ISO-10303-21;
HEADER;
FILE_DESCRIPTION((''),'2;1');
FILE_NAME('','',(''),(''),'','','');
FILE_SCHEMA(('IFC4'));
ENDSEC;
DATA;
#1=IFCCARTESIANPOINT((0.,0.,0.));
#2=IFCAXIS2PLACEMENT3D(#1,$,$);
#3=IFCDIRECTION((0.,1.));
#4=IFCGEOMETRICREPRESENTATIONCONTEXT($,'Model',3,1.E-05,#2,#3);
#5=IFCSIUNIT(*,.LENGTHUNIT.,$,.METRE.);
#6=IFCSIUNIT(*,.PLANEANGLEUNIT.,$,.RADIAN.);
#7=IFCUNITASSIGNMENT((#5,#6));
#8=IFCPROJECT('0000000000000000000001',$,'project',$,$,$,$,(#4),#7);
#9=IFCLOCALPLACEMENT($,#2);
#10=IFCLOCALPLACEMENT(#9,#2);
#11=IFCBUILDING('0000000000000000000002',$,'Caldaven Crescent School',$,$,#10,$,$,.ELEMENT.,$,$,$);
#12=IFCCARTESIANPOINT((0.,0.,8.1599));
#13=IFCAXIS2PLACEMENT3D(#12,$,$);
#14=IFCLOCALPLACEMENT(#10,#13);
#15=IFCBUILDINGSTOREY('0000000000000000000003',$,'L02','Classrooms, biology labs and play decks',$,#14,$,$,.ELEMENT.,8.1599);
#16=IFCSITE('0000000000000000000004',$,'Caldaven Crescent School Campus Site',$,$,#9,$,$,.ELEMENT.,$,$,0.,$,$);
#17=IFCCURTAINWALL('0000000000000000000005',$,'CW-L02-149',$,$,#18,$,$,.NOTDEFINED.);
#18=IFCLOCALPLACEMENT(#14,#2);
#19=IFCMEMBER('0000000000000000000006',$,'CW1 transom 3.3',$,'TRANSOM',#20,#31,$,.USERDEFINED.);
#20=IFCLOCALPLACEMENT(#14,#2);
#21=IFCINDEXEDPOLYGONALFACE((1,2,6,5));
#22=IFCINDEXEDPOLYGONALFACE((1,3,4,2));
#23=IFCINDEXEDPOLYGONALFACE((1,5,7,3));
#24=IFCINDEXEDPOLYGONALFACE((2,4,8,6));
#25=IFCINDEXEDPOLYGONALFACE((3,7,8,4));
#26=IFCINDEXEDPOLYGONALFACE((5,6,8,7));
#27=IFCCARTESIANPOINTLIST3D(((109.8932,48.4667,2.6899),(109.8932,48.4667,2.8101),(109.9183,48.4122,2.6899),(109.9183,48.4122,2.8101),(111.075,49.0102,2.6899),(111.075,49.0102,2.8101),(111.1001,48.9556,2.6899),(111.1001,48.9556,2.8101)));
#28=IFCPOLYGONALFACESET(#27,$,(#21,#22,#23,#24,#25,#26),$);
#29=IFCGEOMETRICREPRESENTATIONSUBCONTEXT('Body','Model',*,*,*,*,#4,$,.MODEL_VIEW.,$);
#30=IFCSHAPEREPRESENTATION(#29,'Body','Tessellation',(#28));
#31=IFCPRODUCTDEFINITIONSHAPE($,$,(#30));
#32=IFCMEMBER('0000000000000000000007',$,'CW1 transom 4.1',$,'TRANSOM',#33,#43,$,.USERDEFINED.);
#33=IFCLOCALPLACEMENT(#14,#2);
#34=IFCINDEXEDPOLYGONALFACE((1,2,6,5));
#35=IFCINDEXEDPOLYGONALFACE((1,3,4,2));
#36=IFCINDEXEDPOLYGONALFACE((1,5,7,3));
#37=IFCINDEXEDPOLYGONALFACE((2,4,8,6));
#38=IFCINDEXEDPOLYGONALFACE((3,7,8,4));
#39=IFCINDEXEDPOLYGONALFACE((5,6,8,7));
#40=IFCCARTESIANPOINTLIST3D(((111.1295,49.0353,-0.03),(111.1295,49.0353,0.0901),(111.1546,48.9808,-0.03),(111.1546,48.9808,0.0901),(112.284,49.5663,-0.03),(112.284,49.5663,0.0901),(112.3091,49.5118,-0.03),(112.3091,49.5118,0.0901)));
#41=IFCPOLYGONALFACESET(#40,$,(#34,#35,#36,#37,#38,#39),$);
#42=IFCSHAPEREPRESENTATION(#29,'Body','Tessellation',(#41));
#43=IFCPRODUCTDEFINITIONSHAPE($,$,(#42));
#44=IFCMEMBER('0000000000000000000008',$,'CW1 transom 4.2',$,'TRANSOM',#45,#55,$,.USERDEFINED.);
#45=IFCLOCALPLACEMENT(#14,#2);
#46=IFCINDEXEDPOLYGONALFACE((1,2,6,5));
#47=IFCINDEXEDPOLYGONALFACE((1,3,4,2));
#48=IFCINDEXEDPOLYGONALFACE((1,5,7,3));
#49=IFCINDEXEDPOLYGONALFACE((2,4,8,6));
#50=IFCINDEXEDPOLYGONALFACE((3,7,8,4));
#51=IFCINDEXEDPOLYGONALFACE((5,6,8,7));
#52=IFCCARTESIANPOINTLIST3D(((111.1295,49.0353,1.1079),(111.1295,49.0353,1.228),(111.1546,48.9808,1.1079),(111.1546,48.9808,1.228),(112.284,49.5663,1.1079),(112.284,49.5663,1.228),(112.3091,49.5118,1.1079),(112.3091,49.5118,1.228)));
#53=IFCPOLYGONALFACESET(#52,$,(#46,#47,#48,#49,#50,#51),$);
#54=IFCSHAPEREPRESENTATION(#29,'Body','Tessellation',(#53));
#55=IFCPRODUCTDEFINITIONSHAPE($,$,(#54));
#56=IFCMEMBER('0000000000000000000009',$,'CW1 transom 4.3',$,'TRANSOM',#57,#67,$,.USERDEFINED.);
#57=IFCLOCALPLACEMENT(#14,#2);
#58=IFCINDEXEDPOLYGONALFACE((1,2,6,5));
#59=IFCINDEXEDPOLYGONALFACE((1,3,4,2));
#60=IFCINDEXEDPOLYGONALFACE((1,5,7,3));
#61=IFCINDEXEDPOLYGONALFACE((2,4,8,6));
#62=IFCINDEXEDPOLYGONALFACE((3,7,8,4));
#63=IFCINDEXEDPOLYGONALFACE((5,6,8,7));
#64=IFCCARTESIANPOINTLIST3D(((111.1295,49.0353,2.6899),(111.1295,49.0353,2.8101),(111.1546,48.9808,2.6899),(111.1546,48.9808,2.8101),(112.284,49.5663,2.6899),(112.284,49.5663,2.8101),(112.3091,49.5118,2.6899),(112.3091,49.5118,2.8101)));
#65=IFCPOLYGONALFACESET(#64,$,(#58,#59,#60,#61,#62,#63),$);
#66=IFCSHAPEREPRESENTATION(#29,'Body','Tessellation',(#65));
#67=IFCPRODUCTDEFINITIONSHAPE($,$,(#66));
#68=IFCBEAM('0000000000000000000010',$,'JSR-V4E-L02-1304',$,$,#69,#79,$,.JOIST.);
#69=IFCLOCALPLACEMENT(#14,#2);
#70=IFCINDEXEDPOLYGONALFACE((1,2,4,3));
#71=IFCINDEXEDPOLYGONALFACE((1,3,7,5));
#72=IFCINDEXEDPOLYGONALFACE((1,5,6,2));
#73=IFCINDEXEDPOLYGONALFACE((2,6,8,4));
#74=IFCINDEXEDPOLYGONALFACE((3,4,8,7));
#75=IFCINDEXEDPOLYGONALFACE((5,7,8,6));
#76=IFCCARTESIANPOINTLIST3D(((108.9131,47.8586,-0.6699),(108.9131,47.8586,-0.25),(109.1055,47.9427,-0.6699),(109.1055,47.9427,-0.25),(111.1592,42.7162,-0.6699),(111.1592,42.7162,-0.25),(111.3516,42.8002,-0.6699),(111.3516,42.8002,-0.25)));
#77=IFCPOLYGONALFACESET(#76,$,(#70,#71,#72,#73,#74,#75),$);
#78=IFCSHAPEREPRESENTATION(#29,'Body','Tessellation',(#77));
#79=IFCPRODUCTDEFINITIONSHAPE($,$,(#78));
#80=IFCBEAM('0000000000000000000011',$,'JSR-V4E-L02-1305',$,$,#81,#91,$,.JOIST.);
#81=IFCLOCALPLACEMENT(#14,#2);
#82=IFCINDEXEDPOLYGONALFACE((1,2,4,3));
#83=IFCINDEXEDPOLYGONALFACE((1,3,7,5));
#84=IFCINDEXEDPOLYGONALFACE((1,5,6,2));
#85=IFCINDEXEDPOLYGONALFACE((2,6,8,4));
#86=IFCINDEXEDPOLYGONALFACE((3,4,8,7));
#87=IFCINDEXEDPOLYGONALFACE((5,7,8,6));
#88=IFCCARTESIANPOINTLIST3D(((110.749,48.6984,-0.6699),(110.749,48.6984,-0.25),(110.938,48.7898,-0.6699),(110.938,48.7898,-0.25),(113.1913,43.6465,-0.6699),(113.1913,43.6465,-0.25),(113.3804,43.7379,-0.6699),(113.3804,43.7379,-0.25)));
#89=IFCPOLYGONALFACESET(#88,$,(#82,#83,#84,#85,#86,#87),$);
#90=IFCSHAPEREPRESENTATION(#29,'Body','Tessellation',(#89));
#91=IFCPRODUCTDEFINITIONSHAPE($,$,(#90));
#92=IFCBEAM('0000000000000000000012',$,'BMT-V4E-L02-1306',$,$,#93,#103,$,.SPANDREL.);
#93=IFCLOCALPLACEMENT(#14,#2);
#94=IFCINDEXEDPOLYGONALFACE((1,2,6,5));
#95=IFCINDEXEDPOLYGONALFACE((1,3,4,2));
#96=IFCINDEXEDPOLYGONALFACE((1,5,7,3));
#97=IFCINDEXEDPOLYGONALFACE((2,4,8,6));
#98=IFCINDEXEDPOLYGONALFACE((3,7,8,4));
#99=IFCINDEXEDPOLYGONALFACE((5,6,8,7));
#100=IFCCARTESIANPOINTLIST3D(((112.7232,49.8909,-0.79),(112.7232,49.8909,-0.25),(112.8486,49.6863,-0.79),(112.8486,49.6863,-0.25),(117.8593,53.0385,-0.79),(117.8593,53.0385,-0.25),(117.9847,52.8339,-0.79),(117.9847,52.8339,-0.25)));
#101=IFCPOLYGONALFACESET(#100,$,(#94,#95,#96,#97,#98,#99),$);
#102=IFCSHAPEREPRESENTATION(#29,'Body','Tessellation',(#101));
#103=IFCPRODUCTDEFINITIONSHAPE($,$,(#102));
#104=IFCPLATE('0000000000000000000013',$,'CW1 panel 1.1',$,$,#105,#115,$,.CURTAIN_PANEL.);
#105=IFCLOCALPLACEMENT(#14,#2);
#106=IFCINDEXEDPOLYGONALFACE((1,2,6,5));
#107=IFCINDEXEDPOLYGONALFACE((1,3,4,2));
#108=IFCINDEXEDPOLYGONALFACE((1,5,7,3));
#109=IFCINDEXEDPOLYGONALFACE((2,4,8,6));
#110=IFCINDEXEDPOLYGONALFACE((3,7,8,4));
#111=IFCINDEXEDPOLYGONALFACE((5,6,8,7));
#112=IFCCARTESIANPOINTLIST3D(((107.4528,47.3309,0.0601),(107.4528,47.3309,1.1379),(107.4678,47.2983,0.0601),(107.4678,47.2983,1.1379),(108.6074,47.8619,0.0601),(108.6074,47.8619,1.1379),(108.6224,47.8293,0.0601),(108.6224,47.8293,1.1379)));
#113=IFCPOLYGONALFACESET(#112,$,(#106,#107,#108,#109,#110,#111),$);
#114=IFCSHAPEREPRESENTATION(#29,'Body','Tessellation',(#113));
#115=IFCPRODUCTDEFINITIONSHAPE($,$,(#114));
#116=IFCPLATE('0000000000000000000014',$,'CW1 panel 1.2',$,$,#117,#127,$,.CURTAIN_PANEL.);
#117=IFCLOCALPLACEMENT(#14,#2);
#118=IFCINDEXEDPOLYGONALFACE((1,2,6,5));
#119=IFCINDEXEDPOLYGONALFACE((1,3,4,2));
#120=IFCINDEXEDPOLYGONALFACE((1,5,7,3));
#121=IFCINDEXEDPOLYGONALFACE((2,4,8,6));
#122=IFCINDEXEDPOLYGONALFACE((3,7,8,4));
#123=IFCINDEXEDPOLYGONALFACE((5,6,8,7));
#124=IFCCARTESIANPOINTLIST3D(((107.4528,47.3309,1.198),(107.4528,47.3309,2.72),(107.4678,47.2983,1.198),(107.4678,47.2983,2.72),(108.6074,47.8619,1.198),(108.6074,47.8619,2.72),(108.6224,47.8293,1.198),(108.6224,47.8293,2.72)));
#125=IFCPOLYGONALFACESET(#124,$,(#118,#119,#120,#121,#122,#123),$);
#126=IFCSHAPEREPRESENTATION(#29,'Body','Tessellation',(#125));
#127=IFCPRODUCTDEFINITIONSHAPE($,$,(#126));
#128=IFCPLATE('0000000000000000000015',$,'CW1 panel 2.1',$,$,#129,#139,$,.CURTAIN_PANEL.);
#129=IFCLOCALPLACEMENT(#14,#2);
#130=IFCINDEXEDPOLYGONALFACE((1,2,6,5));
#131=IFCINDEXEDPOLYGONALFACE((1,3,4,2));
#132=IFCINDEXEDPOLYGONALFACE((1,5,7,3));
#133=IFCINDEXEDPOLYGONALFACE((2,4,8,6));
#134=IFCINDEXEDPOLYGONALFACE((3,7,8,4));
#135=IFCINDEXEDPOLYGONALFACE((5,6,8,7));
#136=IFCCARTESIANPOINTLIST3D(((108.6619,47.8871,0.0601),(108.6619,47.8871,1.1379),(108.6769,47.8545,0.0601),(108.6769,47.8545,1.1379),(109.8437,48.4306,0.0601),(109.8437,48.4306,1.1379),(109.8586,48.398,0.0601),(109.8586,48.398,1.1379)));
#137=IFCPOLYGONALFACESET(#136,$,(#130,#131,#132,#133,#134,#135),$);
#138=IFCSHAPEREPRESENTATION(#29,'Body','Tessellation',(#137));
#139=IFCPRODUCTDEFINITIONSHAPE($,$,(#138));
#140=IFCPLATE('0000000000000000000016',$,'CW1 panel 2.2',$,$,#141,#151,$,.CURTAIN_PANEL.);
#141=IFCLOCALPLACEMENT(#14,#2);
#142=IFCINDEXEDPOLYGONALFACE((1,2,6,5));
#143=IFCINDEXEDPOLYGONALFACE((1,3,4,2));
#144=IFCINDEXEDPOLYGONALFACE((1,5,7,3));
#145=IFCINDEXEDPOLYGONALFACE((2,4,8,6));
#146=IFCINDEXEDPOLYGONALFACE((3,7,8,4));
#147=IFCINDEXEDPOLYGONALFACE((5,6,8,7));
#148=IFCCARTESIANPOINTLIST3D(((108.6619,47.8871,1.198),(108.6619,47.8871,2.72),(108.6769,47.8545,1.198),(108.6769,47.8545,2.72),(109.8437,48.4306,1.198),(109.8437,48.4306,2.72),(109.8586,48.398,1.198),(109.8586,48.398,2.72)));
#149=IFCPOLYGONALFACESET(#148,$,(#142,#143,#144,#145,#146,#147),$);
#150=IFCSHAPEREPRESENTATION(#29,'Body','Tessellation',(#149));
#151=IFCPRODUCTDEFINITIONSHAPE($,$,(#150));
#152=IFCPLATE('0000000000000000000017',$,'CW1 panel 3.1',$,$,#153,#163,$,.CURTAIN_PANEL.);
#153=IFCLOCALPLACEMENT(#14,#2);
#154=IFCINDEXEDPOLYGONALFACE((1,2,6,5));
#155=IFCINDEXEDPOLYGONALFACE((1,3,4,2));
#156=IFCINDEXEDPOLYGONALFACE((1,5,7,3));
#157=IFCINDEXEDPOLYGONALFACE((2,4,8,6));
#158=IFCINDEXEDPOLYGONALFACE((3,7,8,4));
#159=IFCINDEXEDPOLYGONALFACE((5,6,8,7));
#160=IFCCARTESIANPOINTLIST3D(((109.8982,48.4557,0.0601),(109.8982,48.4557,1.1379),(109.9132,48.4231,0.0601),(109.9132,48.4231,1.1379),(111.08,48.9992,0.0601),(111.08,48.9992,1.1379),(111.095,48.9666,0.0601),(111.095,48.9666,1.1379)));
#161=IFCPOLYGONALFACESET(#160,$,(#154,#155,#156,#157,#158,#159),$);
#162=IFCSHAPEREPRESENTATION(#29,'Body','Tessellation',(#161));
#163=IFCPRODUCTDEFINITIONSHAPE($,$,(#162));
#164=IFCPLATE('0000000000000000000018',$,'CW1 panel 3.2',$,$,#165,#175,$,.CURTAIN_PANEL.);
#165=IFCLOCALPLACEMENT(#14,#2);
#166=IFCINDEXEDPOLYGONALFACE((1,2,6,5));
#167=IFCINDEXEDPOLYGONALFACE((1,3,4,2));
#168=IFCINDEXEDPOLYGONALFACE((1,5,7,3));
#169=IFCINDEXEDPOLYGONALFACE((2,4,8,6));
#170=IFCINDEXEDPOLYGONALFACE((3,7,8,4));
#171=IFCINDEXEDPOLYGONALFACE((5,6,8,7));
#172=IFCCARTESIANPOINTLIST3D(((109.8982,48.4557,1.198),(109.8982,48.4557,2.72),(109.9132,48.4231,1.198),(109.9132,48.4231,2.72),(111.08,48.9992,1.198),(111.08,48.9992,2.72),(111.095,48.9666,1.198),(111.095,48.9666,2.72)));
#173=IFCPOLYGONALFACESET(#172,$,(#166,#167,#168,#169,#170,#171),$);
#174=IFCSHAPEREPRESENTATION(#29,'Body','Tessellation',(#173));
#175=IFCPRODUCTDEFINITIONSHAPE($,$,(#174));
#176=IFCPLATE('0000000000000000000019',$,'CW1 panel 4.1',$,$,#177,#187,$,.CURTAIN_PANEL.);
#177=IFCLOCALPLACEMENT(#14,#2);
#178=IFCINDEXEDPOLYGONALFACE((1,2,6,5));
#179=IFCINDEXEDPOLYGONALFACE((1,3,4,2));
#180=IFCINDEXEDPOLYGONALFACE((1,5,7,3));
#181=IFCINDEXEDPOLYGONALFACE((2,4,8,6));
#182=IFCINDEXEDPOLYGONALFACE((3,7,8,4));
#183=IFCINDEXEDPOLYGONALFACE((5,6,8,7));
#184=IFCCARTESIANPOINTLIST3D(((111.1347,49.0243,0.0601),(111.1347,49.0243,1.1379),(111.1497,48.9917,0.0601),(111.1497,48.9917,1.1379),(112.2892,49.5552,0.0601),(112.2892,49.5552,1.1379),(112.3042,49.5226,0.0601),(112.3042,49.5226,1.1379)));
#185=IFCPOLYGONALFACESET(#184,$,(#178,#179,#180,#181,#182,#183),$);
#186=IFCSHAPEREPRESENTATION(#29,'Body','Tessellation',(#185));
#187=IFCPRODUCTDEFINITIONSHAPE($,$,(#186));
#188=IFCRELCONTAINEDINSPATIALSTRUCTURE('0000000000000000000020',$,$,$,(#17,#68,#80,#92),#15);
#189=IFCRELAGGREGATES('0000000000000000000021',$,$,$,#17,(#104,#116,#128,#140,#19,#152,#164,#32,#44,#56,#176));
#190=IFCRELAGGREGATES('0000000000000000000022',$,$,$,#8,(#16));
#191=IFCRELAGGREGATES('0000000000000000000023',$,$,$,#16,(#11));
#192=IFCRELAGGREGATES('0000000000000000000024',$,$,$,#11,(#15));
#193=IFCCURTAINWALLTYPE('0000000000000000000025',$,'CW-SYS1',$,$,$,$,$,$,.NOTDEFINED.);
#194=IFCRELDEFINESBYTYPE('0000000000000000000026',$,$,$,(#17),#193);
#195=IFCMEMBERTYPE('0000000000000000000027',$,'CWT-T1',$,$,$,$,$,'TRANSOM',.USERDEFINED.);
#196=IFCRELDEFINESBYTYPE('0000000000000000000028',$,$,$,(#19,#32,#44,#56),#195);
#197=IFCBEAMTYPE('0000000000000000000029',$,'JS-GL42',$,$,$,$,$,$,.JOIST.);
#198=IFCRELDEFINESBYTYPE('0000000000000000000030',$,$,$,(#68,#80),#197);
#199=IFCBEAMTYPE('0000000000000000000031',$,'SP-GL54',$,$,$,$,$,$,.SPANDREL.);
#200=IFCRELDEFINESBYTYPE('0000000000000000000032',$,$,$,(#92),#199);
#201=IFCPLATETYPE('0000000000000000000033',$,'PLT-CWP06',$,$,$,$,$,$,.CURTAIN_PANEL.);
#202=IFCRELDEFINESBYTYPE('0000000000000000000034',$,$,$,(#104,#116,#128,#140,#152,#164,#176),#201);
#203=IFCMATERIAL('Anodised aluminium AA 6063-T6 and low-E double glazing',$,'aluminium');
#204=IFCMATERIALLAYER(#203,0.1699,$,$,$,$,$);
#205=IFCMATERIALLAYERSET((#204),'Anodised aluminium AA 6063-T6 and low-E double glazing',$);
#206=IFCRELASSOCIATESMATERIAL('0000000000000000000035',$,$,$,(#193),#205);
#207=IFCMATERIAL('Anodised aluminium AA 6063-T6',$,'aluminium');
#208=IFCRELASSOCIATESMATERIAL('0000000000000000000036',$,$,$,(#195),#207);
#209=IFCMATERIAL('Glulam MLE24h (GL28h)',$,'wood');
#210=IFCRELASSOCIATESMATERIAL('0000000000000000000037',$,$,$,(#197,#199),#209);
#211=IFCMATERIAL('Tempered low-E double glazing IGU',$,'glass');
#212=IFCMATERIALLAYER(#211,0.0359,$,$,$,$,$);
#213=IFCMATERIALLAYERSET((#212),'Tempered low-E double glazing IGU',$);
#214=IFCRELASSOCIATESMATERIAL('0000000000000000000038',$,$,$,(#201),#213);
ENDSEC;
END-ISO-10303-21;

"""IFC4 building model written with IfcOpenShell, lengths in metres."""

from ifc_helpers import new_model, si_unit, direction, frame, origin, origin_2d, place, context, subcontext, project, spatial, rectangle, extrude, material, layer, layer_set, material_profile, profile_set, type_object, element, aggregate, save


model = new_model("IFC4")

# Units and contexts
model_context = context("Model", 3, precision=1e-05, world=origin(), true_north=direction((0.0, 1.0)))
body_context = subcontext(model_context, "Body", "Model", "MODEL_VIEW")
ifc_project = project(units=[si_unit("LENGTHUNIT", "METRE"), si_unit("PLANEANGLEUNIT", "RADIAN")], contexts=[model_context])

# Site, building, storey
site_placement = place(None, origin())
site = spatial("IfcSite", under=ifc_project, at=site_placement, Name="Caldaven Crescent School Campus Site", CompositionType="ELEMENT", RefElevation=0.0)
building_placement = place(site_placement, origin())
building = spatial("IfcBuilding", under=site, at=building_placement, Name="Caldaven Crescent School", CompositionType="ELEMENT")
storey_placement = place(building_placement, frame((0.0, 0.0, 8.1599)))
storey = spatial("IfcBuildingStorey", under=building, at=storey_placement, Name="L02", Description="Classrooms, biology labs and play decks", CompositionType="ELEMENT", Elevation=8.1599)

# Shared definitions
ifc_material_1 = material(Name="Glulam MLE24h (GL28h)", Category="wood")

# Curtain wall, members
ifc_material_2 = material(Name="Anodised aluminium AA 6063-T6 and low-E double glazing", Category="aluminium")
ifc_layer_1 = layer(ifc_material_2, 0.1699)
ifc_layer_set_1 = layer_set([ifc_layer_1], Name="Anodised aluminium AA 6063-T6 and low-E double glazing")
curtain_wall_type = type_object("IfcCurtainWallType", Name="CW-SYS1", PredefinedType="NOTDEFINED", material=ifc_layer_set_1)
curtain_wall_placement = place(storey_placement, origin())
curtain_wall = element("IfcCurtainWall", 1, at=curtain_wall_placement, inside=storey, type_object=curtain_wall_type, Name="CW-L02-149", PredefinedType="NOTDEFINED")
ifc_material_3 = material(Name="Anodised aluminium AA 6063-T6", Category="aluminium")
ifc_material_profile_1 = material_profile(ifc_material_3, rectangle(XDim=0.0601, YDim=0.1201, at=origin_2d()), Name="CWT 60x120")
ifc_profile_set_1 = profile_set([ifc_material_profile_1], Name="Anodised aluminium AA 6063-T6")
member_type_1 = type_object("IfcMemberType", Name="CWT-T1", ElementType="TRANSOM", PredefinedType="USERDEFINED", material=ifc_profile_set_1)
member_1_placement = place(storey_placement, frame((109.9058, 48.4395, 2.75), z_axis=(0.908552, 0.417772, 0.0), x_axis=(-0.417772, 0.908552, 0.0)))
member_1 = element("IfcMember", 2, at=member_1_placement, type_object=member_type_1, Name="CW1 transom 3.3", ObjectType="TRANSOM", PredefinedType="USERDEFINED", context=body_context, shape_type="SweptSolid", body=[
    extrude(rectangle(XDim=0.0601, YDim=0.1201, at=origin_2d()), origin(), (0.0, 0.0, 1.0), 1.3008),
])
member_2_placement = place(storey_placement, frame((111.1421, 49.0081, 0.03), z_axis=(0.908515, 0.417852, 0.0), x_axis=(-0.417852, 0.908515, 0.0)))
member_2 = element("IfcMember", 3, at=member_2_placement, type_object=member_type_1, Name="CW1 transom 4.1", ObjectType="TRANSOM", PredefinedType="USERDEFINED", context=body_context, shape_type="SweptSolid", body=[
    extrude(rectangle(XDim=0.0601, YDim=0.1201, at=origin_2d()), origin(), (0.0, 0.0, 1.0), 1.2708),
])
member_3_placement = place(storey_placement, frame((111.1421, 49.0081, 1.168), z_axis=(0.908515, 0.417852, 0.0), x_axis=(-0.417852, 0.908515, 0.0)))
member_3 = element("IfcMember", 4, at=member_3_placement, type_object=member_type_1, Name="CW1 transom 4.2", ObjectType="TRANSOM", PredefinedType="USERDEFINED", context=body_context, shape_type="SweptSolid", body=[
    extrude(rectangle(XDim=0.0601, YDim=0.1201, at=origin_2d()), origin(), (0.0, 0.0, 1.0), 1.2708),
])
member_4_placement = place(storey_placement, frame((111.1421, 49.0081, 2.75), z_axis=(0.908515, 0.417852, 0.0), x_axis=(-0.417852, 0.908515, 0.0)))
member_4 = element("IfcMember", 5, at=member_4_placement, type_object=member_type_1, Name="CW1 transom 4.3", ObjectType="TRANSOM", PredefinedType="USERDEFINED", context=body_context, shape_type="SweptSolid", body=[
    extrude(rectangle(XDim=0.0601, YDim=0.1201, at=origin_2d()), origin(), (0.0, 0.0, 1.0), 1.2708),
])

# Beams
ifc_material_profile_2 = material_profile(ifc_material_1, rectangle(XDim=0.21, YDim=0.4199, at=origin_2d()), Name="MLE 210x420")
ifc_profile_set_2 = profile_set([ifc_material_profile_2], Name="Glulam MLE24h (GL28h)")
beam_type_1 = type_object("IfcBeamType", Name="JS-GL42", PredefinedType="JOIST", material=ifc_profile_set_2)
beam_1_placement = place(storey_placement, frame((109.0093, 47.9006, -0.46), z_axis=(0.400269, -0.916398, 0.0), x_axis=(0.916398, 0.400269, 0.0)))
element("IfcBeam", 6, at=beam_1_placement, inside=storey, type_object=beam_type_1, Name="JSR-V4E-L02-1304", PredefinedType="JOIST", context=body_context, shape_type="SweptSolid", body=[
    extrude(rectangle(XDim=0.21, YDim=0.4199, at=origin_2d()), origin(), (0.0, 0.0, 1.0), 5.6116),
])
beam_2_placement = place(storey_placement, frame((110.8435, 48.7441, -0.46), z_axis=(0.435253, -0.900308, 0.0), x_axis=(0.900308, 0.435253, 0.0)))
element("IfcBeam", 7, at=beam_2_placement, inside=storey, type_object=beam_type_1, Name="JSR-V4E-L02-1305", PredefinedType="JOIST", context=body_context, shape_type="SweptSolid", body=[
    extrude(rectangle(XDim=0.21, YDim=0.4199, at=origin_2d()), origin(), (0.0, 0.0, 1.0), 5.6113),
])
ifc_material_profile_3 = material_profile(ifc_material_1, rectangle(XDim=0.24, YDim=0.54, at=origin_2d()), Name="MLE 240x540")
ifc_profile_set_3 = profile_set([ifc_material_profile_3], Name="Glulam MLE24h (GL28h)")
beam_type_2 = type_object("IfcBeamType", Name="SP-GL54", PredefinedType="SPANDREL", material=ifc_profile_set_3)
beam_3_placement = place(storey_placement, frame((112.7859, 49.7886, -0.52), z_axis=(0.852624, 0.522525, 0.0), x_axis=(-0.522525, 0.852624, 0.0)))
element("IfcBeam", 8, at=beam_3_placement, inside=storey, type_object=beam_type_2, Name="BMT-V4E-L02-1306", PredefinedType="SPANDREL", context=body_context, shape_type="SweptSolid", body=[
    extrude(rectangle(XDim=0.24, YDim=0.54, at=origin_2d()), origin(), (0.0, 0.0, 1.0), 6.0239),
])

# Plates
ifc_material_4 = material(Name="Tempered low-E double glazing IGU", Category="glass")
ifc_layer_2 = layer(ifc_material_4, 0.0359)
ifc_layer_set_2 = layer_set([ifc_layer_2], Name="Tempered low-E double glazing IGU")
plate_type = type_object("IfcPlateType", Name="PLT-CWP06", PredefinedType="CURTAIN_PANEL", material=ifc_layer_set_2)
plate_1_placement = place(storey_placement, frame((108.0376, 47.5801, 0.0601), z_axis=(0.0, 0.0, 1.0), x_axis=(0.908528, 0.417824, 0.0)))
plate_1 = element("IfcPlate", 9, at=plate_1_placement, type_object=plate_type, Name="CW1 panel 1.1", PredefinedType="CURTAIN_PANEL", context=body_context, shape_type="SweptSolid", body=[
    extrude(rectangle(XDim=1.2708, YDim=0.0359, at=origin_2d()), origin(), (0.0, 0.0, 1.0), 1.0779),
])
plate_2_placement = place(storey_placement, frame((108.0376, 47.5801, 1.198), z_axis=(0.0, 0.0, 1.0), x_axis=(0.908528, 0.417824, 0.0)))
plate_2 = element("IfcPlate", 10, at=plate_2_placement, type_object=plate_type, Name="CW1 panel 1.2", PredefinedType="CURTAIN_PANEL", context=body_context, shape_type="SweptSolid", body=[
    extrude(rectangle(XDim=1.2708, YDim=0.0359, at=origin_2d()), origin(), (0.0, 0.0, 1.0), 1.522),
])
plate_3_placement = place(storey_placement, frame((109.2603, 48.1426, 0.0601), z_axis=(0.0, 0.0, 1.0), x_axis=(0.908528, 0.417824, 0.0)))
plate_3 = element("IfcPlate", 11, at=plate_3_placement, type_object=plate_type, Name="CW1 panel 2.1", PredefinedType="CURTAIN_PANEL", context=body_context, shape_type="SweptSolid", body=[
    extrude(rectangle(XDim=1.3008, YDim=0.0359, at=origin_2d()), origin(), (0.0, 0.0, 1.0), 1.0779),
])
plate_4_placement = place(storey_placement, frame((109.2603, 48.1426, 1.198), z_axis=(0.0, 0.0, 1.0), x_axis=(0.908528, 0.417824, 0.0)))
plate_4 = element("IfcPlate", 12, at=plate_4_placement, type_object=plate_type, Name="CW1 panel 2.2", PredefinedType="CURTAIN_PANEL", context=body_context, shape_type="SweptSolid", body=[
    extrude(rectangle(XDim=1.3008, YDim=0.0359, at=origin_2d()), origin(), (0.0, 0.0, 1.0), 1.522),
])
plate_5_placement = place(storey_placement, frame((110.4966, 48.7112, 0.0601), z_axis=(0.0, 0.0, 1.0), x_axis=(0.908528, 0.417824, 0.0)))
plate_5 = element("IfcPlate", 13, at=plate_5_placement, type_object=plate_type, Name="CW1 panel 3.1", PredefinedType="CURTAIN_PANEL", context=body_context, shape_type="SweptSolid", body=[
    extrude(rectangle(XDim=1.3008, YDim=0.0359, at=origin_2d()), origin(), (0.0, 0.0, 1.0), 1.0779),
])
plate_6_placement = place(storey_placement, frame((110.4966, 48.7112, 1.198), z_axis=(0.0, 0.0, 1.0), x_axis=(0.908528, 0.417824, 0.0)))
plate_6 = element("IfcPlate", 14, at=plate_6_placement, type_object=plate_type, Name="CW1 panel 3.2", PredefinedType="CURTAIN_PANEL", context=body_context, shape_type="SweptSolid", body=[
    extrude(rectangle(XDim=1.3008, YDim=0.0359, at=origin_2d()), origin(), (0.0, 0.0, 1.0), 1.522),
])
plate_7_placement = place(storey_placement, frame((111.7195, 49.2734, 0.0601), z_axis=(0.0, 0.0, 1.0), x_axis=(0.908528, 0.417824, 0.0)))
plate_7 = element("IfcPlate", 15, at=plate_7_placement, type_object=plate_type, Name="CW1 panel 4.1", PredefinedType="CURTAIN_PANEL", context=body_context, shape_type="SweptSolid", body=[
    extrude(rectangle(XDim=1.2708, YDim=0.0359, at=origin_2d()), origin(), (0.0, 0.0, 1.0), 1.0779),
])
aggregate(curtain_wall, [plate_1, plate_2, plate_3, plate_4, member_1, plate_5, plate_6, member_2, member_3, member_4, plate_7])

save(model, "model.ifc")
